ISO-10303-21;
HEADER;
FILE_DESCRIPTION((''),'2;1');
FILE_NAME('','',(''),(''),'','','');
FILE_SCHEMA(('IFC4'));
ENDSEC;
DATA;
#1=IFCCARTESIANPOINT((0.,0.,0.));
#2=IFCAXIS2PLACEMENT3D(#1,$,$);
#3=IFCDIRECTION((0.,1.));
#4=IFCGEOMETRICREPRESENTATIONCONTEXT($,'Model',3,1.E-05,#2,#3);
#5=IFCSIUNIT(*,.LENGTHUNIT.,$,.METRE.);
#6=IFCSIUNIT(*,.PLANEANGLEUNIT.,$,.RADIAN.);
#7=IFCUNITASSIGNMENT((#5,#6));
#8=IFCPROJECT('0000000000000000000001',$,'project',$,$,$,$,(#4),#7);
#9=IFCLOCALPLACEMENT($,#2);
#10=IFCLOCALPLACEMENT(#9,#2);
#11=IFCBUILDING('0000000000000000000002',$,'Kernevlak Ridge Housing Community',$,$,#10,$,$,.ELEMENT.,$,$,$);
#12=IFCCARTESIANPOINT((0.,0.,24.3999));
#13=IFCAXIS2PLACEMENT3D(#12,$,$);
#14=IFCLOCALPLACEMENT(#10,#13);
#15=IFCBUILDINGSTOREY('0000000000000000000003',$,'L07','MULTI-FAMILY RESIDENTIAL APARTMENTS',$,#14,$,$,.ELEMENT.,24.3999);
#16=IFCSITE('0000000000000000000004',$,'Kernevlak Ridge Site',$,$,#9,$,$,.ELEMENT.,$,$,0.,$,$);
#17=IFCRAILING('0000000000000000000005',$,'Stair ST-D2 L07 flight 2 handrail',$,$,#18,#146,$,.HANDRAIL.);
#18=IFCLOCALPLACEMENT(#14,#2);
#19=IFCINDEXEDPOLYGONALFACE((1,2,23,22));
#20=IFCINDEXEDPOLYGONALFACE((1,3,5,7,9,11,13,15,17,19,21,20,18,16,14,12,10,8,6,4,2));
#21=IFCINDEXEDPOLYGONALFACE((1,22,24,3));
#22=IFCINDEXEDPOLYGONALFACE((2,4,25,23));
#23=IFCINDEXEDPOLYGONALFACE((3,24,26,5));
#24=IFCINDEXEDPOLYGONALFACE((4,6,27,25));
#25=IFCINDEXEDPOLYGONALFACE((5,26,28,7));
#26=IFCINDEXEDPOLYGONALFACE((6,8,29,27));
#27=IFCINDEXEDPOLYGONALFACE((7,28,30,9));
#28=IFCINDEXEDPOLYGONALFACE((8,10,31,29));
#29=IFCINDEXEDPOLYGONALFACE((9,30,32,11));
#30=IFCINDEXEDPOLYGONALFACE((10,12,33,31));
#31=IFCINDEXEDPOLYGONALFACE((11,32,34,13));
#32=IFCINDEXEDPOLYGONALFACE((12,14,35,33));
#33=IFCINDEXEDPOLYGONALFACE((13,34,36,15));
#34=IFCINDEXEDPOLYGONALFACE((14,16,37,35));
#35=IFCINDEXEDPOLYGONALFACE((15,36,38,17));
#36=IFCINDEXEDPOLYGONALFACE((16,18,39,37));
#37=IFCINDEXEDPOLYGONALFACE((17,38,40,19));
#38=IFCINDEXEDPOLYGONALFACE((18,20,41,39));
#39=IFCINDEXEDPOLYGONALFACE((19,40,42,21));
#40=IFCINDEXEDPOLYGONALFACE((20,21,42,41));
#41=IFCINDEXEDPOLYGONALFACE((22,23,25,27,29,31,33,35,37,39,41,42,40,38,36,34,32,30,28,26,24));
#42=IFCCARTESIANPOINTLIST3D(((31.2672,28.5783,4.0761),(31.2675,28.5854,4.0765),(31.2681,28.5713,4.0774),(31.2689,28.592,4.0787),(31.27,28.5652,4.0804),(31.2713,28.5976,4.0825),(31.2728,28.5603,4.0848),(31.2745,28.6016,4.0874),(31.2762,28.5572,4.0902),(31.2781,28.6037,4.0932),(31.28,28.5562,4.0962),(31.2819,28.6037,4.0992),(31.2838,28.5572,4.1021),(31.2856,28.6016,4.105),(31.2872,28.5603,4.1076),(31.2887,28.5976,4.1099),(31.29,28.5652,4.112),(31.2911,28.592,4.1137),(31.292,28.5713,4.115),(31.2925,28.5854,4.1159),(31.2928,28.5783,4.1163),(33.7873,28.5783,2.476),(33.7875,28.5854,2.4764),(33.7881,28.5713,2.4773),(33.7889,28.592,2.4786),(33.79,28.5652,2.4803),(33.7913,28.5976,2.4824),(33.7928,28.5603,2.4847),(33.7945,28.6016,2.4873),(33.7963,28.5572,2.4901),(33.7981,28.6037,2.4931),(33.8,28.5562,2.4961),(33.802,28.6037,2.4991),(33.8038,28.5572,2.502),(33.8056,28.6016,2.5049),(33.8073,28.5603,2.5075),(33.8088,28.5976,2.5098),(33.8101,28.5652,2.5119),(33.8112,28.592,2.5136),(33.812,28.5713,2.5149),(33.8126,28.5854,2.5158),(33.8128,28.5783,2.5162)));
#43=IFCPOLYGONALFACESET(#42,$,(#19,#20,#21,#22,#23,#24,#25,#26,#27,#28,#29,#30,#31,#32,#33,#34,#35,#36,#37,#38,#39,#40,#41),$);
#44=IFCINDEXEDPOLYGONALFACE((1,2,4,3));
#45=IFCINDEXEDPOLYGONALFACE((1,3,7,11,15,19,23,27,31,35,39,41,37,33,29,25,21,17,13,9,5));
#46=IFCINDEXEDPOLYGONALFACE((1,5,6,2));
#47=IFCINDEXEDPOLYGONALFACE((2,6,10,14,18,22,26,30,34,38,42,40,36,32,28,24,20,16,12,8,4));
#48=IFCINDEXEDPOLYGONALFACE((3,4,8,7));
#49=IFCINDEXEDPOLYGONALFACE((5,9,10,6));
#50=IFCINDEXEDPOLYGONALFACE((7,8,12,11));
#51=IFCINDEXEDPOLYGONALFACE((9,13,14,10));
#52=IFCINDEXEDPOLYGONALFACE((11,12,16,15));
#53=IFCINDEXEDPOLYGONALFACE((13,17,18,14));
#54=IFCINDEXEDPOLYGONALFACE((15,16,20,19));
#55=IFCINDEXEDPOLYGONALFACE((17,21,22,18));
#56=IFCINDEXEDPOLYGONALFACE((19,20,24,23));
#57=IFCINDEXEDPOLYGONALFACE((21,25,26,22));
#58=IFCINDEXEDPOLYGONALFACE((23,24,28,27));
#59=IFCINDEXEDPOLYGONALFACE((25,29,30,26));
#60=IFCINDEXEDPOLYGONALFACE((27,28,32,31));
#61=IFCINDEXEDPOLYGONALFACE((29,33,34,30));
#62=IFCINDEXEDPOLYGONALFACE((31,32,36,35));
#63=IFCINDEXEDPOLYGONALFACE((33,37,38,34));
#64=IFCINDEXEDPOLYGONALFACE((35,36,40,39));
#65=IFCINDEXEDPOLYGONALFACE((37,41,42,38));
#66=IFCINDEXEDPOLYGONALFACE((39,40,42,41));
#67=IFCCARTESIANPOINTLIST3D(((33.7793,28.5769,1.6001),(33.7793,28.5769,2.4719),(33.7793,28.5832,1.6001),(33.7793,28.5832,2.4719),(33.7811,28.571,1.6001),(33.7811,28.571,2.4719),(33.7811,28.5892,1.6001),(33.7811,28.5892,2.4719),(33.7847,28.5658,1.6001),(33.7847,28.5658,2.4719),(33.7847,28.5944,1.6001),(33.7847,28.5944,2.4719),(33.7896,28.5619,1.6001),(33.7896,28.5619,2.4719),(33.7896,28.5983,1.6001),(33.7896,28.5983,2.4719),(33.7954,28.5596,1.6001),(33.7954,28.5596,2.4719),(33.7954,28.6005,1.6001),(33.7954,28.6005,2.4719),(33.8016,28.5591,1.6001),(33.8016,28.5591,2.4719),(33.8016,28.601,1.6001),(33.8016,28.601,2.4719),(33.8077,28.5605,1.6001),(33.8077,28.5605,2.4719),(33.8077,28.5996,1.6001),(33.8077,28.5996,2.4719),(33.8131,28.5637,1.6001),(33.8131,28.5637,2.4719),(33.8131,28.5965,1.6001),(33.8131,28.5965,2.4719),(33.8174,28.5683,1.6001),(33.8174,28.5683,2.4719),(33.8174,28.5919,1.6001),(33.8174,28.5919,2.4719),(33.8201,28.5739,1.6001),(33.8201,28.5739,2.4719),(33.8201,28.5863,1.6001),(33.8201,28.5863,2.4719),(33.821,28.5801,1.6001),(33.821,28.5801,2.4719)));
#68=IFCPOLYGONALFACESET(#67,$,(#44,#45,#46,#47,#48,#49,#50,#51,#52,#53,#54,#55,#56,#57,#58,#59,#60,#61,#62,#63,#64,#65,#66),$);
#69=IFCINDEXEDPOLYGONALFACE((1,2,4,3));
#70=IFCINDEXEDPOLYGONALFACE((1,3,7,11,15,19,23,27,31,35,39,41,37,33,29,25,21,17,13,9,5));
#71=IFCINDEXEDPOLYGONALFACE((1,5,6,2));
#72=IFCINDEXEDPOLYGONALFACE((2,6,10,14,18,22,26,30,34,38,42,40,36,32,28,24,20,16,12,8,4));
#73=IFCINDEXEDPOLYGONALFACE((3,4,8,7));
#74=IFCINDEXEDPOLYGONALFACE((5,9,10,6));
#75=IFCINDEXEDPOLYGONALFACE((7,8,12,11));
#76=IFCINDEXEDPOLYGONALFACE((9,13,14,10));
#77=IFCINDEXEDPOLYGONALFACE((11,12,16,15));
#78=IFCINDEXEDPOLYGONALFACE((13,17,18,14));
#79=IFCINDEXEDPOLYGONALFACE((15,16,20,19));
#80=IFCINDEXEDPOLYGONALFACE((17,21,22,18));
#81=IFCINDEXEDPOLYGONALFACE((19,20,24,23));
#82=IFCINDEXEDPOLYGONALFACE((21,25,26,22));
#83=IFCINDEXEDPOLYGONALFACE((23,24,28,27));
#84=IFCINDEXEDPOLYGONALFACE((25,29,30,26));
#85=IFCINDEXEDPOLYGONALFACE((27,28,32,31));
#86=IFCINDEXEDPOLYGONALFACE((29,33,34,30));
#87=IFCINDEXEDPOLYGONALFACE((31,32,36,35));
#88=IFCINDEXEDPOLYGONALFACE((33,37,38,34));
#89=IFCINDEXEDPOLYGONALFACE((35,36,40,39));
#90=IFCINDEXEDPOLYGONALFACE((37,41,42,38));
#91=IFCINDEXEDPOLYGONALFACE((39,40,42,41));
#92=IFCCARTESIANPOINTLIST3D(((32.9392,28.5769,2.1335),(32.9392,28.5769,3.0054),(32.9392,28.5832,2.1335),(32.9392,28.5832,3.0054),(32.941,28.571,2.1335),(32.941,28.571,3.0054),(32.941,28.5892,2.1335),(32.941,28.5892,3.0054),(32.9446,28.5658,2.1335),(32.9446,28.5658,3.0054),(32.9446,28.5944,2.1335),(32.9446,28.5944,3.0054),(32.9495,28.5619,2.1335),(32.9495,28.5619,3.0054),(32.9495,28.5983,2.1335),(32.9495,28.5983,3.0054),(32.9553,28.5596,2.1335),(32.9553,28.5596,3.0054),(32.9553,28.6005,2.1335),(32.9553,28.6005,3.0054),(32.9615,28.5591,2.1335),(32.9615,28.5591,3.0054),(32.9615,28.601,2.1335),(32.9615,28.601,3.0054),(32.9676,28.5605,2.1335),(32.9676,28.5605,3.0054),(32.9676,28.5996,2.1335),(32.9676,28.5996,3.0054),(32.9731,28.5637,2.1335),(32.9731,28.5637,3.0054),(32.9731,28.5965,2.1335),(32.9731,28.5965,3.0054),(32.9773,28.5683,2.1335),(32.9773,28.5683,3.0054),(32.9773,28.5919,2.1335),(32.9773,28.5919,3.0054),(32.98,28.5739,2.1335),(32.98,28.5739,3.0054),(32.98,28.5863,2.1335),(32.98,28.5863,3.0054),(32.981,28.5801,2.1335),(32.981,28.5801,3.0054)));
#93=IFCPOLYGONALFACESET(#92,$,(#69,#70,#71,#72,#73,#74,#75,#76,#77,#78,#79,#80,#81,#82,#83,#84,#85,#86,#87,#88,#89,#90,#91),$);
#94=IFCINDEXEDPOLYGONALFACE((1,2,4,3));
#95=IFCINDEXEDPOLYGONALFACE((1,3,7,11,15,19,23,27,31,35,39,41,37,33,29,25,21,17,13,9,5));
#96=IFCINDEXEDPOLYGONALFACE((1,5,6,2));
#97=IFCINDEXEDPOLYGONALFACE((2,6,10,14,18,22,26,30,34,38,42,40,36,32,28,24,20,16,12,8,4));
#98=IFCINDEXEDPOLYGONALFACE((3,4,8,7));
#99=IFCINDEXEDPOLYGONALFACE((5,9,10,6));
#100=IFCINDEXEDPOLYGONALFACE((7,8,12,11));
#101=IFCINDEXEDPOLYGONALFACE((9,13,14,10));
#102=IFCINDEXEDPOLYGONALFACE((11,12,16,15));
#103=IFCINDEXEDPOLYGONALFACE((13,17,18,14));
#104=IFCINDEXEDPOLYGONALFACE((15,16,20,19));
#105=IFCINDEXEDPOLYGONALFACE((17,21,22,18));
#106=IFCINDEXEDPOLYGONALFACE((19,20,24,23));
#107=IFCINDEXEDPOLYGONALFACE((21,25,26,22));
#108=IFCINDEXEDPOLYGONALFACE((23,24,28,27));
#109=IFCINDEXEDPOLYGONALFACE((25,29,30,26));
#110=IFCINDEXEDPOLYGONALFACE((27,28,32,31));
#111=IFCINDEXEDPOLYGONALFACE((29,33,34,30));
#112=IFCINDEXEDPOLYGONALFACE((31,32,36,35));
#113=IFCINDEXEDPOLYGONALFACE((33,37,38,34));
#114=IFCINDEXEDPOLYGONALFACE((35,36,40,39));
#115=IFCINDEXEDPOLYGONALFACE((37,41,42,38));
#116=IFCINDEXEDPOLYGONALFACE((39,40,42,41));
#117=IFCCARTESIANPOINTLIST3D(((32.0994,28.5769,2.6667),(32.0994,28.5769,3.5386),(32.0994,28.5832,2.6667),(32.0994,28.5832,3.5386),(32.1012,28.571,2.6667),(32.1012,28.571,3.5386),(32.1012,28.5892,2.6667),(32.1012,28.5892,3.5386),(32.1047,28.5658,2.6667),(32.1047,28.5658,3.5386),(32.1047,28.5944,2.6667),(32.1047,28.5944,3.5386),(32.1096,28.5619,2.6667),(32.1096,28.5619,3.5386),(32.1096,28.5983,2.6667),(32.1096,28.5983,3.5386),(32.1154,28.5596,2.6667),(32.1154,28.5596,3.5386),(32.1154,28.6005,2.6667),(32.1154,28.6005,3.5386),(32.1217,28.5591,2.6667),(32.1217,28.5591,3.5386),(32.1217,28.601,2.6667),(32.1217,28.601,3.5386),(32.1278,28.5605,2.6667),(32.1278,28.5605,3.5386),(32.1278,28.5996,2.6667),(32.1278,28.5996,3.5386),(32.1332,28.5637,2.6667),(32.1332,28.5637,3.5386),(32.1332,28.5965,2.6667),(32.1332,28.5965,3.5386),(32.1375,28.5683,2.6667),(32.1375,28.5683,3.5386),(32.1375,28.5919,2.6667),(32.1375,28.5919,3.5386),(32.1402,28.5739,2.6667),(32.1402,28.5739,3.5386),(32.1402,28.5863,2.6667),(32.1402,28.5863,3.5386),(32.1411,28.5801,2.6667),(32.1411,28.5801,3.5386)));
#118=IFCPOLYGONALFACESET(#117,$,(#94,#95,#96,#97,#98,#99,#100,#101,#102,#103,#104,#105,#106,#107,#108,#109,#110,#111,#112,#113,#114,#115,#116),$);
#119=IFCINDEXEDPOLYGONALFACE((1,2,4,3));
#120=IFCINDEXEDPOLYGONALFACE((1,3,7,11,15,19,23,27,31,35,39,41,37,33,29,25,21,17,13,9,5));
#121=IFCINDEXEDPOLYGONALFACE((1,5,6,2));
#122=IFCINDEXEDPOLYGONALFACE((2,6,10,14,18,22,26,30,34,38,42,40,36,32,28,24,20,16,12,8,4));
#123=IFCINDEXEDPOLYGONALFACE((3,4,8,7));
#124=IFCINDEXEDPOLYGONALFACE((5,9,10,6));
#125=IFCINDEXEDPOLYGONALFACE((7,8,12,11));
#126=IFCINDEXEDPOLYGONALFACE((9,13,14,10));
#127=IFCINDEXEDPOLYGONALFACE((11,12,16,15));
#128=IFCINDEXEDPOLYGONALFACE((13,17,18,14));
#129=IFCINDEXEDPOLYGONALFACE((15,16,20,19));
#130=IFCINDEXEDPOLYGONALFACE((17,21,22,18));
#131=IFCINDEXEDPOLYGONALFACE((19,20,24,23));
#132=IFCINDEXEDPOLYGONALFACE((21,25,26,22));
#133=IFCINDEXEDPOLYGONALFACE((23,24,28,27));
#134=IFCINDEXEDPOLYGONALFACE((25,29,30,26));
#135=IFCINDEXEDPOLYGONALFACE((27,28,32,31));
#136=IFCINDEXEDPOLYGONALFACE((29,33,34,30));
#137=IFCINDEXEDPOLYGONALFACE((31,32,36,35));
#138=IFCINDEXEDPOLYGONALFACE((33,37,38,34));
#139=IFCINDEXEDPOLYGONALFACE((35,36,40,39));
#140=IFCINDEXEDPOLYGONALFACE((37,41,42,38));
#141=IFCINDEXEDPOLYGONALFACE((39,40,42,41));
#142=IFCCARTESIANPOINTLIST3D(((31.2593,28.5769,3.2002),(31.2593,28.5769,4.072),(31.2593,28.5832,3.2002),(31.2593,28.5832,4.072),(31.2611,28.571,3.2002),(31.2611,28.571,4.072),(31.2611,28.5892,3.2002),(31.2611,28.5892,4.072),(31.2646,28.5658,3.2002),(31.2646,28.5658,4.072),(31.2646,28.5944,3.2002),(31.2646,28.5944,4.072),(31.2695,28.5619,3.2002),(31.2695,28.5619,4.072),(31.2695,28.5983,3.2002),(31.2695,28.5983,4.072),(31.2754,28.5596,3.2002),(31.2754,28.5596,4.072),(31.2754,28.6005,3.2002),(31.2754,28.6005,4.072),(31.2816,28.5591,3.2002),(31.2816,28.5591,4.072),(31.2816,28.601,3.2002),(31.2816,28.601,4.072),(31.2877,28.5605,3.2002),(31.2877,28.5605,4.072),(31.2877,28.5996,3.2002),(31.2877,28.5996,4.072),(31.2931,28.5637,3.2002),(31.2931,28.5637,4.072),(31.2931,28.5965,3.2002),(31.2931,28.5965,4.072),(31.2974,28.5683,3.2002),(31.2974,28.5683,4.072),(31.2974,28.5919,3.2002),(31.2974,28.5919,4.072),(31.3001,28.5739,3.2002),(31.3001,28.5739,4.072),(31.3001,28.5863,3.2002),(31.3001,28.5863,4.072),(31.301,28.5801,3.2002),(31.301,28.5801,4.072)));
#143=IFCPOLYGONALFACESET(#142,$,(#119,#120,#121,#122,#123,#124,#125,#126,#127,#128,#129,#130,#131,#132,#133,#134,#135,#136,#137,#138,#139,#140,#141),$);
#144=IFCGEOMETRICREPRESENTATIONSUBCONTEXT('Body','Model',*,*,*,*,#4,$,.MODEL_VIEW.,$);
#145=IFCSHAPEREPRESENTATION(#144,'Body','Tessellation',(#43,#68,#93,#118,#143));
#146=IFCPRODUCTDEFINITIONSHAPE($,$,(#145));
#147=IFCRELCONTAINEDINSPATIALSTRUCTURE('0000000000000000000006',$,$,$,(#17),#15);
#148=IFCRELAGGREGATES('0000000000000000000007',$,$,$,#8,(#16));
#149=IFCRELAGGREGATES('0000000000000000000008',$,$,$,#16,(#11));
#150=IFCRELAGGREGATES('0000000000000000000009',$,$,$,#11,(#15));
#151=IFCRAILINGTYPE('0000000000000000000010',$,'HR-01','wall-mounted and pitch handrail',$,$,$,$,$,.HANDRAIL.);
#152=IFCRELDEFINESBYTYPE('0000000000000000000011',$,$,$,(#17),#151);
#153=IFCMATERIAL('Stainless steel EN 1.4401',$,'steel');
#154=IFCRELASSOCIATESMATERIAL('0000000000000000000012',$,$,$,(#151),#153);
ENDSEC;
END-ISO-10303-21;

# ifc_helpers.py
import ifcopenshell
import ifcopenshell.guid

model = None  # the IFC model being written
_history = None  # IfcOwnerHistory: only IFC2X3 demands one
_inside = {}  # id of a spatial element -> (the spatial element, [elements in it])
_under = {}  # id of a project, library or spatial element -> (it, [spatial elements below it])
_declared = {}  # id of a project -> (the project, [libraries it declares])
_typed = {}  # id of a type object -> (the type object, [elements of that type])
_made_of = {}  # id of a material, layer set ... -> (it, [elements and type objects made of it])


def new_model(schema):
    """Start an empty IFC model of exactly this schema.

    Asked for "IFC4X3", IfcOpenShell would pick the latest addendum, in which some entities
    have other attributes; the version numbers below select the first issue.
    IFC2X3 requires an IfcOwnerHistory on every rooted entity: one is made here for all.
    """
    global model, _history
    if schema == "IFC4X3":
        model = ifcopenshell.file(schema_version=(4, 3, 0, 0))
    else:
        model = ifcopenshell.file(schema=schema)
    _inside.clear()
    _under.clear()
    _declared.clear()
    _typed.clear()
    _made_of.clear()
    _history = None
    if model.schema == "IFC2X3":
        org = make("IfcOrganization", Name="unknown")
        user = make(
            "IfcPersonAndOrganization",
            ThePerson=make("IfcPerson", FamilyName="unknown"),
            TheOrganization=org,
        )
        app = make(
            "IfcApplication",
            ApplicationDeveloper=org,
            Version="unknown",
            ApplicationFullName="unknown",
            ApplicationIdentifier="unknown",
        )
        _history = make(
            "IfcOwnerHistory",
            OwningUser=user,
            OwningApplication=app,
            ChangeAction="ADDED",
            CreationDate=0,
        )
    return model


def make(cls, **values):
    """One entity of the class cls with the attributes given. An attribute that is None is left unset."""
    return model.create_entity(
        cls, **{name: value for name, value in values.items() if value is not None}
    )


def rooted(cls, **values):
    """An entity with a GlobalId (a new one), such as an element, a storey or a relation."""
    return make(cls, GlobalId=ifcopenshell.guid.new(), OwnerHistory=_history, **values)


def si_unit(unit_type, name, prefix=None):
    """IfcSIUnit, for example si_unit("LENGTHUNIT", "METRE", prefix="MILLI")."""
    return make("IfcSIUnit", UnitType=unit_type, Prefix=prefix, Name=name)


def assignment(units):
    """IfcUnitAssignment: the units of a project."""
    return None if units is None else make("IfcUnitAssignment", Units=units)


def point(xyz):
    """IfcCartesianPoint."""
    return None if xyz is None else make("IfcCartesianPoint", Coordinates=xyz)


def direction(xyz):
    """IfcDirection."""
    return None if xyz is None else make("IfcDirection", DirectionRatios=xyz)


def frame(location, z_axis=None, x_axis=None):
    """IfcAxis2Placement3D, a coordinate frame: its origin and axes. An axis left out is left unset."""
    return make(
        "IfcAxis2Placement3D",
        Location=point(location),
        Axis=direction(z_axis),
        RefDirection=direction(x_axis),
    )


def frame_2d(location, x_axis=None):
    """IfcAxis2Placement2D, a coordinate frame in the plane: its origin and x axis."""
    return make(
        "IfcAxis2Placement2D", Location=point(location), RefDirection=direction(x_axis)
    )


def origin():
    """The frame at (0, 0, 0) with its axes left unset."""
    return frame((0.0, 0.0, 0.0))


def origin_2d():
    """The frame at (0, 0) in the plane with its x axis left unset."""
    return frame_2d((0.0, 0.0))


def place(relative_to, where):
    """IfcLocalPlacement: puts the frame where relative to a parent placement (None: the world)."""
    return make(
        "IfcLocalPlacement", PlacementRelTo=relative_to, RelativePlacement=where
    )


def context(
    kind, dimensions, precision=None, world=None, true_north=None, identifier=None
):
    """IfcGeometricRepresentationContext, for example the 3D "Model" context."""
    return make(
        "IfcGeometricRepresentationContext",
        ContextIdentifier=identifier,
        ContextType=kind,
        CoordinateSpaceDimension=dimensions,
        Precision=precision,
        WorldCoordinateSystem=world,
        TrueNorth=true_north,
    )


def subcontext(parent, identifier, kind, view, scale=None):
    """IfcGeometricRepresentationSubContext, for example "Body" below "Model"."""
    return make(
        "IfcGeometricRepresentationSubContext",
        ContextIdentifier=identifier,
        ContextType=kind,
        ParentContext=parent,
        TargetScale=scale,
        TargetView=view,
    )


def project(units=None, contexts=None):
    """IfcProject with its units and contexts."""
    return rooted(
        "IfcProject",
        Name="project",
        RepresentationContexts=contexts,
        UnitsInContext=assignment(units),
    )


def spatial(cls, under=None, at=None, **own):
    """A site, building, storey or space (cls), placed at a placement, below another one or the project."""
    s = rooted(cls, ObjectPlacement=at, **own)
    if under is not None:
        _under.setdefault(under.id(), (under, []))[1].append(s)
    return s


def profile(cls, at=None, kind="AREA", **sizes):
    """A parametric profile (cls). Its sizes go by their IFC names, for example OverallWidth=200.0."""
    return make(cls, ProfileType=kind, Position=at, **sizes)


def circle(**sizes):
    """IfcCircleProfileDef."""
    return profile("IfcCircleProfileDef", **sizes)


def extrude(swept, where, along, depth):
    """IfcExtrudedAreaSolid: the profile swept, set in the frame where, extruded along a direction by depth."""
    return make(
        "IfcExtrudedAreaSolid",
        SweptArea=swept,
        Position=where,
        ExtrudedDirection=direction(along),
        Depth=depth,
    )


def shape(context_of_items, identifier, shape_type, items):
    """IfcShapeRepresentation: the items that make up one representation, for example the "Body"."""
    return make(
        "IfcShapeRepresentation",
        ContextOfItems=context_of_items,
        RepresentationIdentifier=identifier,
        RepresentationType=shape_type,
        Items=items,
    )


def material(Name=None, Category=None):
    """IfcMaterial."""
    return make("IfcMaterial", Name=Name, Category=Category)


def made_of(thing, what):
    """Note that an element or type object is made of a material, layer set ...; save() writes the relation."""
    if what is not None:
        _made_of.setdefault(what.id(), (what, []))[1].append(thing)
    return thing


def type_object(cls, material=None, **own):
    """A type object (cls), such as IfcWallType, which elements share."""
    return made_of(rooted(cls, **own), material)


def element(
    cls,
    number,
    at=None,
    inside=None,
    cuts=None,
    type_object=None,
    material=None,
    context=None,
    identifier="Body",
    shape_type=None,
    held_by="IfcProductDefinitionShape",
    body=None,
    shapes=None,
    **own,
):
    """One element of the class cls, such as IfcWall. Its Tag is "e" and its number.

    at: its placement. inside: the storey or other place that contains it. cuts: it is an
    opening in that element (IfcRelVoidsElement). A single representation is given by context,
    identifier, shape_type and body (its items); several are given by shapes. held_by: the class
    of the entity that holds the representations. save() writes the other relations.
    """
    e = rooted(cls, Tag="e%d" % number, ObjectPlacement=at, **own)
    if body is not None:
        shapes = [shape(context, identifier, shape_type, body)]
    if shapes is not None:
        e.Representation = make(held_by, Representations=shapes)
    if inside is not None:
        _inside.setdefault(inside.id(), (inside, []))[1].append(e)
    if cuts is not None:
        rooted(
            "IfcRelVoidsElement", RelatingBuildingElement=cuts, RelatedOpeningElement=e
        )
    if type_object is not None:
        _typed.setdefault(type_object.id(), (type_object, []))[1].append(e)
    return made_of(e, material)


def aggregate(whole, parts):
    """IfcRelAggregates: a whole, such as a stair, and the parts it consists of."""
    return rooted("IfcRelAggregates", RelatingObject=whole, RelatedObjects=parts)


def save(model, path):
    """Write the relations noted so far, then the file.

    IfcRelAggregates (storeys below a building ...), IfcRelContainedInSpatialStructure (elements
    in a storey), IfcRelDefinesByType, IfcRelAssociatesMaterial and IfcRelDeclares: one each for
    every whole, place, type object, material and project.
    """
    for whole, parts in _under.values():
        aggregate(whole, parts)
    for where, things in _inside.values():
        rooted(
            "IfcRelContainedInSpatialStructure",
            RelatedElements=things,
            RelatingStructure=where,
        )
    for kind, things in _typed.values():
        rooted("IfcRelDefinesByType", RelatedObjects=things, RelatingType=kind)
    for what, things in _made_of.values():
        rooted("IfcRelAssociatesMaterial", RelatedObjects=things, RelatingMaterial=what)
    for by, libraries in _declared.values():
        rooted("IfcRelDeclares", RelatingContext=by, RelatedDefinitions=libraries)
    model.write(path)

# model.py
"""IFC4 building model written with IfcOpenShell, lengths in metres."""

from ifc_helpers import new_model, si_unit, direction, frame, origin, origin_2d, place, context, subcontext, project, spatial, circle, extrude, material, type_object, element, save


model = new_model("IFC4")

# Units and contexts
model_context = context("Model", 3, precision=1e-05, world=origin(), true_north=direction((0.0, 1.0)))
body_context = subcontext(model_context, "Body", "Model", "MODEL_VIEW")
ifc_project = project(units=[si_unit("LENGTHUNIT", "METRE"), si_unit("PLANEANGLEUNIT", "RADIAN")], contexts=[model_context])

# Site, building, storey
site_placement = place(None, origin())
site = spatial("IfcSite", under=ifc_project, at=site_placement, Name="Kernevlak Ridge Site", CompositionType="ELEMENT", RefElevation=0.0)
building_placement = place(site_placement, origin())
building = spatial("IfcBuilding", under=site, at=building_placement, Name="Kernevlak Ridge Housing Community", CompositionType="ELEMENT")
storey_placement = place(building_placement, frame((0.0, 0.0, 24.3999)))
storey = spatial("IfcBuildingStorey", under=building, at=storey_placement, Name="L07", Description="MULTI-FAMILY RESIDENTIAL APARTMENTS", CompositionType="ELEMENT", Elevation=24.3999)

# Railing
ifc_material_1 = material(Name="Stainless steel EN 1.4401", Category="steel")
railing_type_1 = type_object("IfcRailingType", Name="HR-01", Description="wall-mounted and pitch handrail", PredefinedType="HANDRAIL", material=ifc_material_1)
railing_1_placement = place(storey_placement, frame((33.8, 28.5801, 1.6001)))
element("IfcRailing", 1, at=railing_1_placement, inside=storey, type_object=railing_type_1, Name="Stair ST-D2 L07 flight 2 handrail", PredefinedType="HANDRAIL", context=body_context, shape_type="SweptSolid", body=[
    extrude(circle(Radius=0.0239, at=origin_2d()), frame((0.0, 0.0, 0.896), z_axis=(-0.8442, 0.0, 0.536028), x_axis=(0.0, -1.0, 0.0)), (0.0, 0.0, 1.0), 2.9851),
    extrude(circle(Radius=0.021, at=origin_2d()), origin(), (0.0, 0.0, 1.0), 0.8718),
    extrude(circle(Radius=0.021, at=origin_2d()), frame((-0.8401, 0.0, 0.5334)), (0.0, 0.0, 1.0), 0.8718),
    extrude(circle(Radius=0.021, at=origin_2d()), frame((-1.6799, 0.0, 1.0667)), (0.0, 0.0, 1.0), 0.8718),
    extrude(circle(Radius=0.021, at=origin_2d()), frame((-2.52, 0.0, 1.6001)), (0.0, 0.0, 1.0), 0.8718),
])

save(model, "model.ifc")
